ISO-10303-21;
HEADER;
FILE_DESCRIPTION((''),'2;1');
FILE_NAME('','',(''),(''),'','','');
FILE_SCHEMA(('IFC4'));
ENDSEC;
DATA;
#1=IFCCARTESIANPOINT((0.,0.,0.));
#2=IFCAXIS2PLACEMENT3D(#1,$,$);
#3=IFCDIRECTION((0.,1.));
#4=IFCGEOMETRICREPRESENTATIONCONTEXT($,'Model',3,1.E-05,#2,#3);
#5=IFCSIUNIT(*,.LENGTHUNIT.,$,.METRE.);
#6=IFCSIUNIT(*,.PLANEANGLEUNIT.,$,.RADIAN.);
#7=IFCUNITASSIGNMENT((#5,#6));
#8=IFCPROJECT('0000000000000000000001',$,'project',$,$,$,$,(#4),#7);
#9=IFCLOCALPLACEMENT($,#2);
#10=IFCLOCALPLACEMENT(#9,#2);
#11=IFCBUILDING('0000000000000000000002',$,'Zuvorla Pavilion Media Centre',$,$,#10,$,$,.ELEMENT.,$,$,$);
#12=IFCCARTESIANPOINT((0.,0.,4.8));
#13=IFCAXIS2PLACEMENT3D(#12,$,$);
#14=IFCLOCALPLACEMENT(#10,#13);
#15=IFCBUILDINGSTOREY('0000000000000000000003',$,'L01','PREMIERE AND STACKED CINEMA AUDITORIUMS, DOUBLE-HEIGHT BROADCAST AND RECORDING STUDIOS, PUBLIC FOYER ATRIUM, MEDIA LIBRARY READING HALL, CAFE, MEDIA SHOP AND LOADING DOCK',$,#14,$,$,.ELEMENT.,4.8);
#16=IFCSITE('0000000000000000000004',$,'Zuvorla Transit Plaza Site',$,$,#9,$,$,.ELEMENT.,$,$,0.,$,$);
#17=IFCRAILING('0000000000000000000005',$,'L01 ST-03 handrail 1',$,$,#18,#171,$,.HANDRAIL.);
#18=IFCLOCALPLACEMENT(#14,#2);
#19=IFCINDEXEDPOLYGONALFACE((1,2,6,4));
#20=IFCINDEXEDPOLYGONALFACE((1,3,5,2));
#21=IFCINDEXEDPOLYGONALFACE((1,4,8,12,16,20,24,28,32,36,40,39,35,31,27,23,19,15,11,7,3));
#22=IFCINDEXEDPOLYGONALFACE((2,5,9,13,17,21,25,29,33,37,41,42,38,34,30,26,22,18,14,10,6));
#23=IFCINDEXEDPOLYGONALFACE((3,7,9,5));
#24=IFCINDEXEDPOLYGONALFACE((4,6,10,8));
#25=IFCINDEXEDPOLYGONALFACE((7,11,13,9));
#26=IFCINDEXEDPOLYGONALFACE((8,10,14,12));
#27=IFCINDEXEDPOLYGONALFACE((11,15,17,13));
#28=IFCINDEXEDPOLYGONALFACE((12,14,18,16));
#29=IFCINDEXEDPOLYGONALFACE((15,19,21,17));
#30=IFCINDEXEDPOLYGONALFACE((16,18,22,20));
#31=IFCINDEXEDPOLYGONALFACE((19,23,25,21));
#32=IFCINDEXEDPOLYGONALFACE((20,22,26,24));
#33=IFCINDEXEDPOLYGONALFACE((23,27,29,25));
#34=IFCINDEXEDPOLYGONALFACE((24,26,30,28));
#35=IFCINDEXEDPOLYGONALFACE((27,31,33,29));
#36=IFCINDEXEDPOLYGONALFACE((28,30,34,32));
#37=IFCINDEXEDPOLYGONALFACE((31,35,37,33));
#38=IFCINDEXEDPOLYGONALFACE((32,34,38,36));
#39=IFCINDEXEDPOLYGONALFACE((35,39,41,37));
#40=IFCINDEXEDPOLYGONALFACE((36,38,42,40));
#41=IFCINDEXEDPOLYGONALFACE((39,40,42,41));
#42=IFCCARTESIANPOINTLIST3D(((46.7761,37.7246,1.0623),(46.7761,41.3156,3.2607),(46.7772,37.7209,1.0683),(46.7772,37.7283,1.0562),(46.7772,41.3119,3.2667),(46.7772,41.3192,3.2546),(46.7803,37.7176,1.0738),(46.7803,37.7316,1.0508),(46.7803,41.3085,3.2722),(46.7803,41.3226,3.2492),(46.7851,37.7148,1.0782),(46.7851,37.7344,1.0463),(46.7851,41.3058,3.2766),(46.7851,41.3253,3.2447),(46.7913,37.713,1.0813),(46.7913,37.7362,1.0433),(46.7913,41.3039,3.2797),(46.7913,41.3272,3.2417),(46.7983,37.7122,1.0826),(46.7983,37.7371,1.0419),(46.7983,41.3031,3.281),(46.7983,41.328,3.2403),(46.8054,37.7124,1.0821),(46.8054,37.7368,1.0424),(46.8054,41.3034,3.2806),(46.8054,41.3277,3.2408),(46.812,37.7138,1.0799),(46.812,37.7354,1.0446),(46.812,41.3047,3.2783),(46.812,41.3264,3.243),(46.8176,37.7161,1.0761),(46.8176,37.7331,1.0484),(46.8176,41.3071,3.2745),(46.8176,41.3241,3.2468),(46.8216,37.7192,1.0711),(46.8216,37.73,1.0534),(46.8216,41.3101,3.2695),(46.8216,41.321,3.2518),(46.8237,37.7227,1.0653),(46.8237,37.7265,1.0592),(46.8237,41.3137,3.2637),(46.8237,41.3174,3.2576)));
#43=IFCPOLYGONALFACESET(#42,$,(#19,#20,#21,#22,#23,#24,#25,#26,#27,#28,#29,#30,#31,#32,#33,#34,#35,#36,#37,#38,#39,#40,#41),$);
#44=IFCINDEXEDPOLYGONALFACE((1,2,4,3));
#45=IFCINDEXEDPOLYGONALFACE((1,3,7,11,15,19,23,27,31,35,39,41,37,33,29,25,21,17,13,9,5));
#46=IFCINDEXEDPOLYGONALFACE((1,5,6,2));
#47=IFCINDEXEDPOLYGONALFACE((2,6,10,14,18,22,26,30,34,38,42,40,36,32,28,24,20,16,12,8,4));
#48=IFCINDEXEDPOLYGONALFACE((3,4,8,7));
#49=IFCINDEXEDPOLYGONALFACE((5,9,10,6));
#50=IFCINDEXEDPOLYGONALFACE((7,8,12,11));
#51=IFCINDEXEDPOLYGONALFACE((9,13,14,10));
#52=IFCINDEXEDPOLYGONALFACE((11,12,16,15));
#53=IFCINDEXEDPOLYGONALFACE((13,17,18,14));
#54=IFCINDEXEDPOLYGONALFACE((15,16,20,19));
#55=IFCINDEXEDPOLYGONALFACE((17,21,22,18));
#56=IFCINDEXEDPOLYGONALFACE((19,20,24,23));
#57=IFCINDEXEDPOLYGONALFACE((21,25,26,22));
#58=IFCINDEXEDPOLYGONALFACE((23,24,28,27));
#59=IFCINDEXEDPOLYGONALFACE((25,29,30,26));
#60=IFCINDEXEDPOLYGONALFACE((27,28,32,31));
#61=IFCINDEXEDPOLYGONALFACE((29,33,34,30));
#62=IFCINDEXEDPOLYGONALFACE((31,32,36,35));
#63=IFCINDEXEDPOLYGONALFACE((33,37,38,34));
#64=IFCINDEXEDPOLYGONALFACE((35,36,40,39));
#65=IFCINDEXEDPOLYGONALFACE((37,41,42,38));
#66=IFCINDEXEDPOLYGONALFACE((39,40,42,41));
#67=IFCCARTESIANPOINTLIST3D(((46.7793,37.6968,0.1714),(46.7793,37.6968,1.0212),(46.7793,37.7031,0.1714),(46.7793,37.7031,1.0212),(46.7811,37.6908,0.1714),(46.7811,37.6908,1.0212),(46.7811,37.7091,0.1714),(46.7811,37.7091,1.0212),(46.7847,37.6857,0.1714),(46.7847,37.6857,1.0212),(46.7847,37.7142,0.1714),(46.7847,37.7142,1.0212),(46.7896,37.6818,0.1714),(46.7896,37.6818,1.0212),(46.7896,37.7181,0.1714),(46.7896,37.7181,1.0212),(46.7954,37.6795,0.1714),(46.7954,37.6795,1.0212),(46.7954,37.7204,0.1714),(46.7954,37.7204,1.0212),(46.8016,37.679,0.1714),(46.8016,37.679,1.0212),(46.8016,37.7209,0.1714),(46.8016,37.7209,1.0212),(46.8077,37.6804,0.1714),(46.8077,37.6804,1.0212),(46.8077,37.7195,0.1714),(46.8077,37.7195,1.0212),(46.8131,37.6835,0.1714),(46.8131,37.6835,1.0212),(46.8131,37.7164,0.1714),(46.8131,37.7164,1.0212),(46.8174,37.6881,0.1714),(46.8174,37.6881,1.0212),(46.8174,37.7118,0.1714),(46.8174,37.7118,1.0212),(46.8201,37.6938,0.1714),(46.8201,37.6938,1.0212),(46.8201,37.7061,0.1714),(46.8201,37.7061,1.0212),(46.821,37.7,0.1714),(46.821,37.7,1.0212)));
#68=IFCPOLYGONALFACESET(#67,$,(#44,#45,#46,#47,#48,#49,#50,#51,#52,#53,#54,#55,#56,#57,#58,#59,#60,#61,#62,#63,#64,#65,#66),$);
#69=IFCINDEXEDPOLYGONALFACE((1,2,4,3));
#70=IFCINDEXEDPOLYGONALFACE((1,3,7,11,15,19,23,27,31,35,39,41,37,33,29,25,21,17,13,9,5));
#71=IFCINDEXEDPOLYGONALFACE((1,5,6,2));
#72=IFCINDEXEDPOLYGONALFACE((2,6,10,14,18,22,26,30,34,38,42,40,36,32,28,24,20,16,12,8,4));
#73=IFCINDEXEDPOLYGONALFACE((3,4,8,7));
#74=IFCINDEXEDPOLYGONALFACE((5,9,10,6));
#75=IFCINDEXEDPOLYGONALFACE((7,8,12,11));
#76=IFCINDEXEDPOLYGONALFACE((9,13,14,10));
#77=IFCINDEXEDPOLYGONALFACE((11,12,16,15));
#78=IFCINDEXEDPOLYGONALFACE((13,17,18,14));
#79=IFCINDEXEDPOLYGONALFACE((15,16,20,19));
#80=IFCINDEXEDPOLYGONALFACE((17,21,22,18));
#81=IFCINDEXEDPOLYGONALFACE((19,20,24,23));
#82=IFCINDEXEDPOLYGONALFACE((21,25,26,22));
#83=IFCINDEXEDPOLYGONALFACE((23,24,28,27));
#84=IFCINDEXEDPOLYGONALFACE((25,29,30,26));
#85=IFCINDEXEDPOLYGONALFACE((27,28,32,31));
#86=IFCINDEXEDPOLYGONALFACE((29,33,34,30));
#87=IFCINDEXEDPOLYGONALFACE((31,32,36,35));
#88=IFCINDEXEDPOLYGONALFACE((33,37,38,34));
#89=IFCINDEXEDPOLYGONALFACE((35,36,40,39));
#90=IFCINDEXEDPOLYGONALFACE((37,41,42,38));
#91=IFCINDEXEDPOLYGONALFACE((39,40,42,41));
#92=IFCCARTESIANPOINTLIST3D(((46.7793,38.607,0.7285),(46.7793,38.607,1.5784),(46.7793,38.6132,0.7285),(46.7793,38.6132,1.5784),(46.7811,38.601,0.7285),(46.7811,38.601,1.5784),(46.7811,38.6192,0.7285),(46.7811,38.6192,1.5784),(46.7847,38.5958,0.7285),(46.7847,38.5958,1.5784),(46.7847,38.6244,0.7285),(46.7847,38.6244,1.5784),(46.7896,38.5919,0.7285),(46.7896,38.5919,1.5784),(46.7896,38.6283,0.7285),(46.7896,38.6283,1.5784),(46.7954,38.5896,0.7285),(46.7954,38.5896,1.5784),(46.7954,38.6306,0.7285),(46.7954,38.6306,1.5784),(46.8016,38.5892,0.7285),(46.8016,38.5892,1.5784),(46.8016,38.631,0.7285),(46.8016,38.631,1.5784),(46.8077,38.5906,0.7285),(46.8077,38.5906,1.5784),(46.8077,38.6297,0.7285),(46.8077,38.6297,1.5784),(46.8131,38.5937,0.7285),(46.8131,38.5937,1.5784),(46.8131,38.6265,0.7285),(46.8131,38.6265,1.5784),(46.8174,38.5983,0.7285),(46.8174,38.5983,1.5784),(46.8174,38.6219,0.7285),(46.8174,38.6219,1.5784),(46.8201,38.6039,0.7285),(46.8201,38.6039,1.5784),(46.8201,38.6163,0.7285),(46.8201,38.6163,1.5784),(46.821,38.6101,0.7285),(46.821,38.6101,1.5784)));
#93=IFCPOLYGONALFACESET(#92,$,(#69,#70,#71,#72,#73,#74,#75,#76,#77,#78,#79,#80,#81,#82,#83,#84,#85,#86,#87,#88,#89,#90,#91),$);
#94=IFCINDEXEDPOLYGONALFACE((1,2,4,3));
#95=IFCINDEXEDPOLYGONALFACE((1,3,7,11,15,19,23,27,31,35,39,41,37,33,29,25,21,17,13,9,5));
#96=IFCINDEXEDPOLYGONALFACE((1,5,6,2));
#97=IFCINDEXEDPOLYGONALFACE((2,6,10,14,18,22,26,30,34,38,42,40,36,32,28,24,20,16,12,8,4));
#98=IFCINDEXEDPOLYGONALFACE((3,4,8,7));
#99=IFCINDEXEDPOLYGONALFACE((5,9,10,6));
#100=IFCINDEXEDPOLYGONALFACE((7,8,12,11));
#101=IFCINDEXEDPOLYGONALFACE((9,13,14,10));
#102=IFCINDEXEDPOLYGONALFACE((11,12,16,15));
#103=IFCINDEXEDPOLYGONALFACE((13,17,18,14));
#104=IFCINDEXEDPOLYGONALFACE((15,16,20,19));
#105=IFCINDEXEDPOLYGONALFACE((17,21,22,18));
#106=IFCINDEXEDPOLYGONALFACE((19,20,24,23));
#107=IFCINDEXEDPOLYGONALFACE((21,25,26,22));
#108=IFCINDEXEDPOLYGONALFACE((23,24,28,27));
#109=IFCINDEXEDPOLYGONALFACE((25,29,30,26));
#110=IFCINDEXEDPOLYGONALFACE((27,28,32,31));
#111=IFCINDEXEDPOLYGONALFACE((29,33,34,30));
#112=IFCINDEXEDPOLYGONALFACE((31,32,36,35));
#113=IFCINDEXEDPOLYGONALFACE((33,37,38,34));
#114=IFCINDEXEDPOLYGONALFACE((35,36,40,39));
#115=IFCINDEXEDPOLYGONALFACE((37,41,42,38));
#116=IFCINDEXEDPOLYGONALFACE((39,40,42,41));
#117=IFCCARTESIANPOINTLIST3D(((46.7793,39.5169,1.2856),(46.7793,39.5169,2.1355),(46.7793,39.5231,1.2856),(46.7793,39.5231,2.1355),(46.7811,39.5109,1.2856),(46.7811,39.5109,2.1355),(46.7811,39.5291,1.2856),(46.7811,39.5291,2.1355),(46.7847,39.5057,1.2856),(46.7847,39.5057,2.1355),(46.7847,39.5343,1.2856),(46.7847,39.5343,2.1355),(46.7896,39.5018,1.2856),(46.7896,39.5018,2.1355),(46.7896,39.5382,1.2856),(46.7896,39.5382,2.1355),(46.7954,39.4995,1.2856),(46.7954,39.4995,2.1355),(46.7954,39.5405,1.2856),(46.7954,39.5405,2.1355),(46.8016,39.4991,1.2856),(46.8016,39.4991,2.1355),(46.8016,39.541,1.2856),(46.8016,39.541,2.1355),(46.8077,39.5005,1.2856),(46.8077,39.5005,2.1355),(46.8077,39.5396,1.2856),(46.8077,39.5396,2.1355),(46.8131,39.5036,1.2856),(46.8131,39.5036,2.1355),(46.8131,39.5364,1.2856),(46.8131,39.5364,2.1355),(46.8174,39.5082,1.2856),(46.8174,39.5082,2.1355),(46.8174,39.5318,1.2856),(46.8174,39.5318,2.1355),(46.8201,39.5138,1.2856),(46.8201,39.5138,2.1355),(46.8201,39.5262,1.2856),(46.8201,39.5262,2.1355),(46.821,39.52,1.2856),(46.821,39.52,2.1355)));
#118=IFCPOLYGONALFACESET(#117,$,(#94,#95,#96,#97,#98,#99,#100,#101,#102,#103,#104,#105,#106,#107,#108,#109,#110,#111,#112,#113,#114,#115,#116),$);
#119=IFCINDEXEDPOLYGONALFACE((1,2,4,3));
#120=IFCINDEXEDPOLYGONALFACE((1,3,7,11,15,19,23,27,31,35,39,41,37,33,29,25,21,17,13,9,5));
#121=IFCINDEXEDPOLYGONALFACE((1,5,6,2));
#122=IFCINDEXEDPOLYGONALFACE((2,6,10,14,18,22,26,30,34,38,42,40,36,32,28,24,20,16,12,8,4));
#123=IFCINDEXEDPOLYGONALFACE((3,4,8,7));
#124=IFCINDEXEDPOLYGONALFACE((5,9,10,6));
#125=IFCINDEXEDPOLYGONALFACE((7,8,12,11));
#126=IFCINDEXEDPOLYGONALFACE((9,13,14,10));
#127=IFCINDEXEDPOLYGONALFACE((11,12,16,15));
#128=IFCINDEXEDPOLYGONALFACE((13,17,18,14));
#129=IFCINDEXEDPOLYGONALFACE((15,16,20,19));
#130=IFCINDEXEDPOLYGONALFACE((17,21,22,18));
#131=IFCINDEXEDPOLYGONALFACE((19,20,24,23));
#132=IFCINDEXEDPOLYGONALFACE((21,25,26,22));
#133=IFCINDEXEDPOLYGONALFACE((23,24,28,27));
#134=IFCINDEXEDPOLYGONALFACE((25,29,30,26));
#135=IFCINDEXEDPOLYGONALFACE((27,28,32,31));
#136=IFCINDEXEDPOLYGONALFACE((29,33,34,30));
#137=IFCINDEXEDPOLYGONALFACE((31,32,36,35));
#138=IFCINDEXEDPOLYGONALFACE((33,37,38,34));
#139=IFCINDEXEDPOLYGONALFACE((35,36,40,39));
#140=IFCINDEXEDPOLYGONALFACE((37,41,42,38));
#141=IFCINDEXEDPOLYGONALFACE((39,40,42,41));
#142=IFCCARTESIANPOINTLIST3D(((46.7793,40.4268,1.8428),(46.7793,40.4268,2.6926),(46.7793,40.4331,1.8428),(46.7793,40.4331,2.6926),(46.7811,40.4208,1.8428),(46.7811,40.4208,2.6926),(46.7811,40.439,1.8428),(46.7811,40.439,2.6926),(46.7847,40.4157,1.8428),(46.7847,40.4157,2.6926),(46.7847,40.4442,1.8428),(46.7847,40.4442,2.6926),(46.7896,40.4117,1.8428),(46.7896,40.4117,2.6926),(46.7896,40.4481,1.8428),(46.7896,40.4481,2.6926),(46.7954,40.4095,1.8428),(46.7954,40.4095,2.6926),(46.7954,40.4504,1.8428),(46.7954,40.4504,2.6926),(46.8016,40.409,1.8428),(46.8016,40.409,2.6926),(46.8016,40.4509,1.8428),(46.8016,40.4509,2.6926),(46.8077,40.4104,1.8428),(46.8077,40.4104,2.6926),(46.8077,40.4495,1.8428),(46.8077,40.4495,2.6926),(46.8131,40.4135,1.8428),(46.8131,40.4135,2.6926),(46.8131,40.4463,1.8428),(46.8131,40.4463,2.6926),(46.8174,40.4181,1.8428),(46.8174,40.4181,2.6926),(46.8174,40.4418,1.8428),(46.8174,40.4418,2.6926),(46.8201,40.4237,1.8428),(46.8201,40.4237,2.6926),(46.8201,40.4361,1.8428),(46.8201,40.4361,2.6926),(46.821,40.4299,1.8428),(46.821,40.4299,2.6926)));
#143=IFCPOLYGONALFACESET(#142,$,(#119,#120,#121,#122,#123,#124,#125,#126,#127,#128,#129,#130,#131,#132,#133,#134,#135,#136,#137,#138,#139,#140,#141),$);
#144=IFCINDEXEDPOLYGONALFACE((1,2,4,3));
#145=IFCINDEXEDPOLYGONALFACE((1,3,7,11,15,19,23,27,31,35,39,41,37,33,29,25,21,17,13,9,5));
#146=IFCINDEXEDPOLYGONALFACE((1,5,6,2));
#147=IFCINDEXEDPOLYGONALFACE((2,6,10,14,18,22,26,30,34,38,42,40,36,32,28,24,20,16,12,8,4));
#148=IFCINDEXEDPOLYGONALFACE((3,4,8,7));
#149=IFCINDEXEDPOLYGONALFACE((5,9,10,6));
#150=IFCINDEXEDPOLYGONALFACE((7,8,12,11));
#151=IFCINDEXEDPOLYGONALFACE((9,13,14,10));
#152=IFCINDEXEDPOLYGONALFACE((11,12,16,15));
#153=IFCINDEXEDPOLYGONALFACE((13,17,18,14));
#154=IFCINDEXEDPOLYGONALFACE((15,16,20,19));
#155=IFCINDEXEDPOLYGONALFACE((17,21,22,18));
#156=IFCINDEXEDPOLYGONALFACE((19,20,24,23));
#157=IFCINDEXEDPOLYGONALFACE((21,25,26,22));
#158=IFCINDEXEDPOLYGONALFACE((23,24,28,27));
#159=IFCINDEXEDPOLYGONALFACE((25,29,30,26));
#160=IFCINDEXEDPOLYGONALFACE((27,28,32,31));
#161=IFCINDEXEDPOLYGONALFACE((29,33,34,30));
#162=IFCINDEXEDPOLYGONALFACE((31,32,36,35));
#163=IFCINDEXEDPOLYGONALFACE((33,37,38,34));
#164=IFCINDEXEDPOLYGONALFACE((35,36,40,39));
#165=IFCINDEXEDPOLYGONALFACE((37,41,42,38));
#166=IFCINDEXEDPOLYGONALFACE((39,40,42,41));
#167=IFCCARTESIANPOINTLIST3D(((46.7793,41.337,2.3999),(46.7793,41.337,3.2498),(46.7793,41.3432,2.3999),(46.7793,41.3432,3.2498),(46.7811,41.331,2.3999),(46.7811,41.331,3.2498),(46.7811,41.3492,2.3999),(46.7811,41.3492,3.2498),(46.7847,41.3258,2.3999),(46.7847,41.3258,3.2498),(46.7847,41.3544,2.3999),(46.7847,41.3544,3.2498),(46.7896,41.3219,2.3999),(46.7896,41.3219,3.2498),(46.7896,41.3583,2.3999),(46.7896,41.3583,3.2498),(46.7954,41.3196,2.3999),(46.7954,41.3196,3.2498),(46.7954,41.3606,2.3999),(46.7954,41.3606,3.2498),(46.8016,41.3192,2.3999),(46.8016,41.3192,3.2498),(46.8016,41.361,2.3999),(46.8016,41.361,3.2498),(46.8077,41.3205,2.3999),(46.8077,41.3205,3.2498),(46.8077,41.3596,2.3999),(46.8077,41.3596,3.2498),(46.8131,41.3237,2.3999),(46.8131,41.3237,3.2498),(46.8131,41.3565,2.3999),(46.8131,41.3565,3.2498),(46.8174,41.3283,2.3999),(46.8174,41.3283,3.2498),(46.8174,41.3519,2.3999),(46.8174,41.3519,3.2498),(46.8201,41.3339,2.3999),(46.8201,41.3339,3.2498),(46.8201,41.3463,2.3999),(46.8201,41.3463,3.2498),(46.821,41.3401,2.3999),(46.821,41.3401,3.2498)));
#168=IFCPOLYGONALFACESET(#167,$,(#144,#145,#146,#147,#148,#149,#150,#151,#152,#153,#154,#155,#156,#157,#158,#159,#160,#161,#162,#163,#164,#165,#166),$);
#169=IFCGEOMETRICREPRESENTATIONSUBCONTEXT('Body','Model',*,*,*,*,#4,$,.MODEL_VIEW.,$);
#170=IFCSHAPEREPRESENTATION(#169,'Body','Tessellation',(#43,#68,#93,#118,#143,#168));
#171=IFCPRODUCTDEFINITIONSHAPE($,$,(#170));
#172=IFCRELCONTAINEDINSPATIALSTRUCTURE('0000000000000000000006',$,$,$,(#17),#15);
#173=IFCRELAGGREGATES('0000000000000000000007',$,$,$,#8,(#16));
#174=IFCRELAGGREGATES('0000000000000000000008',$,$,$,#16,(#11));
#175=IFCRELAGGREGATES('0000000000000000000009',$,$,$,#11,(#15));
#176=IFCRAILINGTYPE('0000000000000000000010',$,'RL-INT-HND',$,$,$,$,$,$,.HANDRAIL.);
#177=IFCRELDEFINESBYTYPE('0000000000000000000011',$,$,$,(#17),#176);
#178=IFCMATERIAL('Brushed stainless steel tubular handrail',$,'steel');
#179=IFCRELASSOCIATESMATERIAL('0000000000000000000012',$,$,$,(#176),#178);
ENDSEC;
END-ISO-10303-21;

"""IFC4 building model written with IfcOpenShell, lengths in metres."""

from ifc_helpers import new_model, si_unit, direction, frame, origin, origin_2d, place, context, subcontext, project, spatial, circle, extrude, material, type_object, element, save


model = new_model("IFC4")

# Units and contexts
model_context = context("Model", 3, precision=1e-05, world=origin(), true_north=direction((0.0, 1.0)))
body_context = subcontext(model_context, "Body", "Model", "MODEL_VIEW")
ifc_project = project(units=[si_unit("LENGTHUNIT", "METRE"), si_unit("PLANEANGLEUNIT", "RADIAN")], contexts=[model_context])

# Site, building, storey
site_placement = place(None, origin())
site = spatial("IfcSite", under=ifc_project, at=site_placement, Name="Zuvorla Transit Plaza Site", CompositionType="ELEMENT", RefElevation=0.0)
building_placement = place(site_placement, origin())
building = spatial("IfcBuilding", under=site, at=building_placement, Name="Zuvorla Pavilion Media Centre", CompositionType="ELEMENT")
storey_placement = place(building_placement, frame((0.0, 0.0, 4.8)))
storey = spatial("IfcBuildingStorey", under=building, at=storey_placement, Name="L01", Description="PREMIERE AND STACKED CINEMA AUDITORIUMS, DOUBLE-HEIGHT BROADCAST AND RECORDING STUDIOS, PUBLIC FOYER ATRIUM, MEDIA LIBRARY READING HALL, CAFE, MEDIA SHOP AND LOADING DOCK", CompositionType="ELEMENT", Elevation=4.8)

# Railing
ifc_material_1 = material(Name="Brushed stainless steel tubular handrail", Category="steel")
railing_type_1 = type_object("IfcRailingType", Name="RL-INT-HND", PredefinedType="HANDRAIL", material=ifc_material_1)
railing_1_placement = place(storey_placement, frame((46.8, 37.7, 0.1714)))
element("IfcRailing", 1, at=railing_1_placement, inside=storey, type_object=railing_type_1, Name="L01 ST-03 handrail 1", PredefinedType="HANDRAIL", context=body_context, shape_type="SweptSolid", body=[
    extrude(circle(Radius=0.0239, at=origin_2d()), frame((0.0, 0.0247, 0.8909), z_axis=(0.0, 0.852866, 0.52213), x_axis=(-1.0, 0.0, 0.0)), (0.0, 0.0, 1.0), 4.2104),
    extrude(circle(Radius=0.021, at=origin_2d()), origin(), (0.0, 0.0, 1.0), 0.8499),
    extrude(circle(Radius=0.021, at=origin_2d()), frame((0.0, 0.9102, 0.5571)), (0.0, 0.0, 1.0), 0.8499),
    extrude(circle(Radius=0.021, at=origin_2d()), frame((0.0, 1.8201, 1.1143)), (0.0, 0.0, 1.0), 0.8499),
    extrude(circle(Radius=0.021, at=origin_2d()), frame((0.0, 2.73, 1.6714)), (0.0, 0.0, 1.0), 0.8499),
    extrude(circle(Radius=0.021, at=origin_2d()), frame((0.0, 3.6401, 2.2285)), (0.0, 0.0, 1.0), 0.8499),
])

save(model, "model.ifc")
